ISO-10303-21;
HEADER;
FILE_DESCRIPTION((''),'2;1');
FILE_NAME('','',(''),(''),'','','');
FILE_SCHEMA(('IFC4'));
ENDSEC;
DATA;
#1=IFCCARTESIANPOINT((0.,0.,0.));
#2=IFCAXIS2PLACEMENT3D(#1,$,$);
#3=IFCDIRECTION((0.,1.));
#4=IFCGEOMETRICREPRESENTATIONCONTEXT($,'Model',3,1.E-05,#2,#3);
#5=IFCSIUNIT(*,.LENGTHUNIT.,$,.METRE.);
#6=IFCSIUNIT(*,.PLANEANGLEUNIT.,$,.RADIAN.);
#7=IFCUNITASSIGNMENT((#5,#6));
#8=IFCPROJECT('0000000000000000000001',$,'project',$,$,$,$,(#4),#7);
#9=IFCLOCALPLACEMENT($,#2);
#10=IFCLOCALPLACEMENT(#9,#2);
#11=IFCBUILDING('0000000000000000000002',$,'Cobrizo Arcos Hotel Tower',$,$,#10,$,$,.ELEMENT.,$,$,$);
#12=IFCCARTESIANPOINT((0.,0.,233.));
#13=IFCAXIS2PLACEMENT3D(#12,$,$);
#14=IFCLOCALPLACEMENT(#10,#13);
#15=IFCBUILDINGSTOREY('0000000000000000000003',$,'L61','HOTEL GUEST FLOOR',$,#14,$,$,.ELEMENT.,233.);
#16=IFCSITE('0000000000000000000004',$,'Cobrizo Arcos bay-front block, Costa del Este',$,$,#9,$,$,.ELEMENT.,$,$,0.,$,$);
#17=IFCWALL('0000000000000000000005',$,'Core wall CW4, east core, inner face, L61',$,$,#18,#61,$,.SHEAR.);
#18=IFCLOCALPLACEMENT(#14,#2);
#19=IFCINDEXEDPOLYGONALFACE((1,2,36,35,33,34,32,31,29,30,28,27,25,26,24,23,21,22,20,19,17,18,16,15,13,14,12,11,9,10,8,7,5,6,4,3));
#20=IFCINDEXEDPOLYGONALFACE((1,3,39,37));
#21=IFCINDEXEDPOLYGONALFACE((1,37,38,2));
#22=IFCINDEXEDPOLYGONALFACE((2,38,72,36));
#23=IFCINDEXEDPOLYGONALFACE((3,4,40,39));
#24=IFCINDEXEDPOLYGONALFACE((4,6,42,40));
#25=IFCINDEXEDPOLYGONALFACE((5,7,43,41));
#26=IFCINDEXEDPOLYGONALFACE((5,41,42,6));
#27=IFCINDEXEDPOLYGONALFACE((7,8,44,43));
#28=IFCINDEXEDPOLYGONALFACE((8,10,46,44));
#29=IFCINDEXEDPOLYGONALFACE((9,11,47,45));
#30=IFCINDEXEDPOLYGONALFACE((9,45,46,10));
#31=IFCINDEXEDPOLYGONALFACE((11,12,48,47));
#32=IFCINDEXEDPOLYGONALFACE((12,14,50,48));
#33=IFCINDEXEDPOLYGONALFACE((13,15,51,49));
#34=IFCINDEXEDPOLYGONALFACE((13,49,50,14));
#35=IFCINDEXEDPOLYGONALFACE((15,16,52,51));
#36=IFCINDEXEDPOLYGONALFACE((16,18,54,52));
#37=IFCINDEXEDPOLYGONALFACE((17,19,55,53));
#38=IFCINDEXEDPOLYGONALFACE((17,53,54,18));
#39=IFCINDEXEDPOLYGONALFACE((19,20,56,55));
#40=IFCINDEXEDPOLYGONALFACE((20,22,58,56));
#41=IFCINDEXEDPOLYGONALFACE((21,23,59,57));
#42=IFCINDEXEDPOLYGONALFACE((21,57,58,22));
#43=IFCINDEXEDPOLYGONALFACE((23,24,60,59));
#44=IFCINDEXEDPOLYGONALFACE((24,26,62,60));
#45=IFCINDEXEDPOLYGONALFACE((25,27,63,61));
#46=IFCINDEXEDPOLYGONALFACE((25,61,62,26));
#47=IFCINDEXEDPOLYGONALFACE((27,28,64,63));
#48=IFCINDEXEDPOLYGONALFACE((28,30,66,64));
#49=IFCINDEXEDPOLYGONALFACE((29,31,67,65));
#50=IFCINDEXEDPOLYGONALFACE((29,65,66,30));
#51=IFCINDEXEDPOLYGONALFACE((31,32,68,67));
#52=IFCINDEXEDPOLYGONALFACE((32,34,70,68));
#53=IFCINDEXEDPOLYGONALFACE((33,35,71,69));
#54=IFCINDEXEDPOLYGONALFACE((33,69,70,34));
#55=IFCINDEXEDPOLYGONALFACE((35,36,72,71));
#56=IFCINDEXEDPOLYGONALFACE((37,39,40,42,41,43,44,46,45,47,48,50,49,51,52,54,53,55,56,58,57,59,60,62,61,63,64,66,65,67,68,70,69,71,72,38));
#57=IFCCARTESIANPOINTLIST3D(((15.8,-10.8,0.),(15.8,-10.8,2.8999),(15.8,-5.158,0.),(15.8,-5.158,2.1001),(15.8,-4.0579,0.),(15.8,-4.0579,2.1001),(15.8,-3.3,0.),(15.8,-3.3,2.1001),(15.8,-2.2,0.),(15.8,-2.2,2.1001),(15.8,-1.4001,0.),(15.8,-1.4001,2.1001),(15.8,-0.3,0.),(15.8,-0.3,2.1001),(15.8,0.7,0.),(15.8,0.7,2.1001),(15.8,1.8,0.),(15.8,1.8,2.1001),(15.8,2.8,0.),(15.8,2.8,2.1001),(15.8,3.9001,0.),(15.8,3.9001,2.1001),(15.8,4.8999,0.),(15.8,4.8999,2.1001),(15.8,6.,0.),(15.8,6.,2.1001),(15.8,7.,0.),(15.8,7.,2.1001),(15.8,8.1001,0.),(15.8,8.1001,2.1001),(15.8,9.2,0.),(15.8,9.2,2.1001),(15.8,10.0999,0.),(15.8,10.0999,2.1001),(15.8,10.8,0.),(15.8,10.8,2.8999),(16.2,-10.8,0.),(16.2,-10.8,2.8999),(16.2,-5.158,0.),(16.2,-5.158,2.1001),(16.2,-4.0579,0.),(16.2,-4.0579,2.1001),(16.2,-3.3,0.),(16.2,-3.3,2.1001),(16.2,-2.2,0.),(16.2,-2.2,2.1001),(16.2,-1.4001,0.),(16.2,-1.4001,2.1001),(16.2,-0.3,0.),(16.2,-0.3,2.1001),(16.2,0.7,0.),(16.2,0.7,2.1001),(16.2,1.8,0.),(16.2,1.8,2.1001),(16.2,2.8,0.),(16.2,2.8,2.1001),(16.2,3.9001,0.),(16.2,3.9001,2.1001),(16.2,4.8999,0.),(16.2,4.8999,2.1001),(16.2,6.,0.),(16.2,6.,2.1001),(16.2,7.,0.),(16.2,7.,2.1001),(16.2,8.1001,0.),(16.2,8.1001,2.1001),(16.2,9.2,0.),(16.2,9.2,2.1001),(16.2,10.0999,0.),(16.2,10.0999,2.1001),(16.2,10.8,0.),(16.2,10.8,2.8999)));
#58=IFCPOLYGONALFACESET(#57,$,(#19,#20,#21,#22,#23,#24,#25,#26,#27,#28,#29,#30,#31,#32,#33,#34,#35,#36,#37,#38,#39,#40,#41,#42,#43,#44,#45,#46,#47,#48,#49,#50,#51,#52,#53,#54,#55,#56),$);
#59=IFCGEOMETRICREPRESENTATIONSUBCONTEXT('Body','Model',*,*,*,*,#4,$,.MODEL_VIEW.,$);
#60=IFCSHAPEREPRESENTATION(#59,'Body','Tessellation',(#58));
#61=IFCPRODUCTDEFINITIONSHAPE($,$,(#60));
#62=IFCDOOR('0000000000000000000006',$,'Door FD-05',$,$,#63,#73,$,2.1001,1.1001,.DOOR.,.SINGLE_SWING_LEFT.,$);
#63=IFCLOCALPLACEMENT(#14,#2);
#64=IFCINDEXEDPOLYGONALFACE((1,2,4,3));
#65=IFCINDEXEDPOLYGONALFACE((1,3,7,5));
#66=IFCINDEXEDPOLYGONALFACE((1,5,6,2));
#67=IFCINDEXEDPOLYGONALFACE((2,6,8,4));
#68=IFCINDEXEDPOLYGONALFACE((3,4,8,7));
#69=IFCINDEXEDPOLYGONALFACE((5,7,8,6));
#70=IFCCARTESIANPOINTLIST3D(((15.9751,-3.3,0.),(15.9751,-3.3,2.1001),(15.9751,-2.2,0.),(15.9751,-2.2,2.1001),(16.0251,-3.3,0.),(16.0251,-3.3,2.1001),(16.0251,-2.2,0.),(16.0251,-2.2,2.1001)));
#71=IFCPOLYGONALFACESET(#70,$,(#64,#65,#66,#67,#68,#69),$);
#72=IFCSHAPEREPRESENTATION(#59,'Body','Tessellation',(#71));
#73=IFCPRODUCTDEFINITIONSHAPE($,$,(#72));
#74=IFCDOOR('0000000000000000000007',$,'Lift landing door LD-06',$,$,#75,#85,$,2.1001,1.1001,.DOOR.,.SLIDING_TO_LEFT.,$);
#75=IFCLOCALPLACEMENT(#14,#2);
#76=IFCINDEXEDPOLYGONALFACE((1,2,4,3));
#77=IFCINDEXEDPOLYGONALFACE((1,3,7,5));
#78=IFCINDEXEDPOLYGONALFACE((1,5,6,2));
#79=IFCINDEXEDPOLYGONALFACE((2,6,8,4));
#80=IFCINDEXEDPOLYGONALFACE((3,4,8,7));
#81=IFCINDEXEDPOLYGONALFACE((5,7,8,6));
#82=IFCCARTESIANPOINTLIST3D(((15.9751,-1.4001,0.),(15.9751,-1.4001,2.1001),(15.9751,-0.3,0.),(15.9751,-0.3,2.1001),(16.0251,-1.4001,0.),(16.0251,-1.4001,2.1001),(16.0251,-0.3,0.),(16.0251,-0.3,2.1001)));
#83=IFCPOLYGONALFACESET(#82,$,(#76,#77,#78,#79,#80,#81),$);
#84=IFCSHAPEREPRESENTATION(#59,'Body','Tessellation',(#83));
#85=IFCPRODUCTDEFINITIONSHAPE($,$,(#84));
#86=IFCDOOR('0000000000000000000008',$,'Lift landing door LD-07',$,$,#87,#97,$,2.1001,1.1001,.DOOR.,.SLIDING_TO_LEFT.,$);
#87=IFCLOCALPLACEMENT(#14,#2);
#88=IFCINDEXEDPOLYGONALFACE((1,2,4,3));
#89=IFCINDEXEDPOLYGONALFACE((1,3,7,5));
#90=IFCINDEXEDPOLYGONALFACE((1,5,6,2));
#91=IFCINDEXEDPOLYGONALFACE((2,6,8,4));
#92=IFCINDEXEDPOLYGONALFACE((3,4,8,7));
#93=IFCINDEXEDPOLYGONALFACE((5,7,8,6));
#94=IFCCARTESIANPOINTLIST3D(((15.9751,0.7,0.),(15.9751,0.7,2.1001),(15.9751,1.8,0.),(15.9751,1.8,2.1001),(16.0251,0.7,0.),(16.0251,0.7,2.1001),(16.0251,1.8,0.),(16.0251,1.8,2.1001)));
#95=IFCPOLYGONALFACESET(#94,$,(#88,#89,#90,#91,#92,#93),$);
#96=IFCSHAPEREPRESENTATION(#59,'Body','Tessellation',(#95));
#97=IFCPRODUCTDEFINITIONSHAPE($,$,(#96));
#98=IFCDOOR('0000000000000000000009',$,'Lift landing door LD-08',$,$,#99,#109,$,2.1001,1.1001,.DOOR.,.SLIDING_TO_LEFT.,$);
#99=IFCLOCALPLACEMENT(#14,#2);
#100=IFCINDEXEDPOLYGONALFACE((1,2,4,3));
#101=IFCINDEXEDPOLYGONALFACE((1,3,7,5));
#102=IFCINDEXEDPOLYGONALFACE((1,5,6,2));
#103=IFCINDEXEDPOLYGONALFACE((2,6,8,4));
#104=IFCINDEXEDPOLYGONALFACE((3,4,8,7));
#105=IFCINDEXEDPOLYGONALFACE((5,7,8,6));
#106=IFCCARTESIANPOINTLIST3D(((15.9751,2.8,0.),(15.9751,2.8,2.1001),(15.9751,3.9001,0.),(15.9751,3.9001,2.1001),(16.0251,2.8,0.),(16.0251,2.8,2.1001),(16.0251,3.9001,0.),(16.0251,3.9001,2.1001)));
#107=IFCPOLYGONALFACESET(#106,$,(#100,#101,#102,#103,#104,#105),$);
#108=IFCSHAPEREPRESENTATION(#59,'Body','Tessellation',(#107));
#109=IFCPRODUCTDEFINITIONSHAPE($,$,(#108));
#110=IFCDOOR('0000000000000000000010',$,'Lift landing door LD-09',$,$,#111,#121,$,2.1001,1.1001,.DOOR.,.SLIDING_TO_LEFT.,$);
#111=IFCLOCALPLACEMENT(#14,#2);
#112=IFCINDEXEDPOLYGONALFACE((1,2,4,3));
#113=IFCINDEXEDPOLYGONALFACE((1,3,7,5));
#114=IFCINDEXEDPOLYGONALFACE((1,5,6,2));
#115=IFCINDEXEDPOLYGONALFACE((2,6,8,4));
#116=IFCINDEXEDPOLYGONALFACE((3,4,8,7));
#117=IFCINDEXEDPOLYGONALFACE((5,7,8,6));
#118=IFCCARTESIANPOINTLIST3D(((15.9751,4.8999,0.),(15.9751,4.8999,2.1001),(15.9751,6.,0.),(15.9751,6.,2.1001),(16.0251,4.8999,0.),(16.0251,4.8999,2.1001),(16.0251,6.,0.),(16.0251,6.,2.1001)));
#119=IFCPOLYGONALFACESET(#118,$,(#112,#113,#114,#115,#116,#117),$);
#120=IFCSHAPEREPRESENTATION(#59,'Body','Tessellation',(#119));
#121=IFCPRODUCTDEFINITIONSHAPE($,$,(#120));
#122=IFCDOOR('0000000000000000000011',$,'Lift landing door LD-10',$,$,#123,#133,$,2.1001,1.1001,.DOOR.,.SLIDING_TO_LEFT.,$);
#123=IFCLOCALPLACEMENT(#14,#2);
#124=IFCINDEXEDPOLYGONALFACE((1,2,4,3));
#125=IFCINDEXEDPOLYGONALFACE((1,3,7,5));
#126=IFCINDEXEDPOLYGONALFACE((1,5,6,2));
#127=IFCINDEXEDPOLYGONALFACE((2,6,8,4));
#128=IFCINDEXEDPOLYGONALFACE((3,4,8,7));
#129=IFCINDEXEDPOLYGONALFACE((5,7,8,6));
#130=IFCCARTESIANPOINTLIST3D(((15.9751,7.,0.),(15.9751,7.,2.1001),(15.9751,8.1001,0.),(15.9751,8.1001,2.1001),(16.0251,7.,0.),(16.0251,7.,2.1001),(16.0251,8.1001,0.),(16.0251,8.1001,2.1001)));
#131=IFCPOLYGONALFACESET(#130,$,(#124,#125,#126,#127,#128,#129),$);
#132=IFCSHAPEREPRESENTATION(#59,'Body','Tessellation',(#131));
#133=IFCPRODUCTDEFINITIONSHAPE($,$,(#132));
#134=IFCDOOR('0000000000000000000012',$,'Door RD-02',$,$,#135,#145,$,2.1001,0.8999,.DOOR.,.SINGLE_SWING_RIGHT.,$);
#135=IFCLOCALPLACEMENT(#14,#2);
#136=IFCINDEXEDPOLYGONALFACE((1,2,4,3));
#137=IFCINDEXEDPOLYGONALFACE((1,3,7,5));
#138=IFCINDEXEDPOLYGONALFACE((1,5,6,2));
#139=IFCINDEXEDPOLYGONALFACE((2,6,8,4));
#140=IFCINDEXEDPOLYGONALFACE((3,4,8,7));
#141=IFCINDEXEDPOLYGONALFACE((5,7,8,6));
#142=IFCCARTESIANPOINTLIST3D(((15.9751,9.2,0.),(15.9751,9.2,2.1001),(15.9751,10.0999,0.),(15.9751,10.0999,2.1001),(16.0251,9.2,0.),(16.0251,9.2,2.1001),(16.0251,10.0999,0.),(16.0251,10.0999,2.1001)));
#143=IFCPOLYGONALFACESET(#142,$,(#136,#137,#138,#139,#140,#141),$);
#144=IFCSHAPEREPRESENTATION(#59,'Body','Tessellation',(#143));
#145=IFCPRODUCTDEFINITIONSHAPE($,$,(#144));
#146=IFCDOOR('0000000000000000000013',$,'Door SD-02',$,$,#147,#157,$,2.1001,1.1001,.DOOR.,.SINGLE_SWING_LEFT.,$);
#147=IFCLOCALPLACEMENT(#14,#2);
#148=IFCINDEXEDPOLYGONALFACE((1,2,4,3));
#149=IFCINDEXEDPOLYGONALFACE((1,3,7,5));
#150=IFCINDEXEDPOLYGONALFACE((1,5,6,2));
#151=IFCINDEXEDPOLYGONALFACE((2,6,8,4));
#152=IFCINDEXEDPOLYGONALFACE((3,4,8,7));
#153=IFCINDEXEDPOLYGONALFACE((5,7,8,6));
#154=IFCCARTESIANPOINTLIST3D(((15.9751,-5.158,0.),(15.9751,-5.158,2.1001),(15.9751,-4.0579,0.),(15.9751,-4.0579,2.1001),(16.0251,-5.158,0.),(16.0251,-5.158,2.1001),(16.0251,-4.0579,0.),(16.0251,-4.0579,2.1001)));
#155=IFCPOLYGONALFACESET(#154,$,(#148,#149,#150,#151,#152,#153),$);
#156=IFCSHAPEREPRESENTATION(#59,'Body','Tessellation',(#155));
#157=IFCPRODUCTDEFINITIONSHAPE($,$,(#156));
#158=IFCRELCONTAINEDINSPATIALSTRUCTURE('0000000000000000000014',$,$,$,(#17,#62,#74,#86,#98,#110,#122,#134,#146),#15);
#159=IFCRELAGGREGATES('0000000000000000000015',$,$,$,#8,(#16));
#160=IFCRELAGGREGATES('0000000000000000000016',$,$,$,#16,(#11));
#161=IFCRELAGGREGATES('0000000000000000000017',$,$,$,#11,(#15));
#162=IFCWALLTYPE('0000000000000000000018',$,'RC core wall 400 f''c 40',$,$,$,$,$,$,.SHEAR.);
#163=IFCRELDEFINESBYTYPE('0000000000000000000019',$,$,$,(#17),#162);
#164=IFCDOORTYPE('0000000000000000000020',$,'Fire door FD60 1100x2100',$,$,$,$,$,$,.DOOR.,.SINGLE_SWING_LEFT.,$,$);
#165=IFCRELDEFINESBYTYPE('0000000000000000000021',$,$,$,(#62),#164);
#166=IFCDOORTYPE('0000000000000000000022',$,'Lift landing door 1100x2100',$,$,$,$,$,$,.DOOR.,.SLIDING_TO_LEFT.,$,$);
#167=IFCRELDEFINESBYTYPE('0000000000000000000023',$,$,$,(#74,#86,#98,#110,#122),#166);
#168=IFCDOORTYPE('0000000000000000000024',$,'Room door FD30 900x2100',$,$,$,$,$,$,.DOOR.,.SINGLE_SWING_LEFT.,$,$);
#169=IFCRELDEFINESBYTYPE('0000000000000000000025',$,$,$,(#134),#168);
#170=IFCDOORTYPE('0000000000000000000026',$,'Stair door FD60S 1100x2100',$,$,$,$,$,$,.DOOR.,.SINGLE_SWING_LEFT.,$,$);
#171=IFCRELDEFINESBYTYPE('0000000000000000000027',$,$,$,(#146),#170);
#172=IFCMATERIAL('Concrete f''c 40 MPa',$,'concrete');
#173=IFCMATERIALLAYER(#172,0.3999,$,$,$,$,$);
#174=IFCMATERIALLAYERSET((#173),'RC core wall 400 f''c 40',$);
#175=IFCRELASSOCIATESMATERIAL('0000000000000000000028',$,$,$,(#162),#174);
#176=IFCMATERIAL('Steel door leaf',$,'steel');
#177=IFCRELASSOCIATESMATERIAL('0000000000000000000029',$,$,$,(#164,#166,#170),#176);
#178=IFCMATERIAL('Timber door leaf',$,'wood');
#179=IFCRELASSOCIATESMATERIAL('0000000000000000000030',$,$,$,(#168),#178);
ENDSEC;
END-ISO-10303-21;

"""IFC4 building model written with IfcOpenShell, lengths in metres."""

from ifc_helpers import new_model, si_unit, direction, frame, frame_2d, origin, place, context, subcontext, project, spatial, rectangle, extrude, material, layer, layer_set, type_object, element, fill, save


model = new_model("IFC4")

# Units and contexts
model_context = context("Model", 3, precision=1e-05, world=origin(), true_north=direction((0.0, 1.0)))
body_context = subcontext(model_context, "Body", "Model", "MODEL_VIEW")
ifc_project = project(units=[si_unit("LENGTHUNIT", "METRE"), si_unit("PLANEANGLEUNIT", "RADIAN")], contexts=[model_context])

# Site, building, storey
site_placement = place(None, origin())
site = spatial("IfcSite", under=ifc_project, at=site_placement, Name="Cobrizo Arcos bay-front block, Costa del Este", CompositionType="ELEMENT", RefElevation=0.0)
building_placement = place(site_placement, origin())
building = spatial("IfcBuilding", under=site, at=building_placement, Name="Cobrizo Arcos Hotel Tower", CompositionType="ELEMENT")
storey_placement = place(building_placement, frame((0.0, 0.0, 233.0)))
storey = spatial("IfcBuildingStorey", under=building, at=storey_placement, Name="L61", Description="HOTEL GUEST FLOOR", CompositionType="ELEMENT", Elevation=233.0)

# Wall, openings, doors
ifc_material_1 = material(Name="Concrete f'c 40 MPa", Category="concrete")
ifc_layer_1 = layer(ifc_material_1, 0.3999)
ifc_layer_set_1 = layer_set([ifc_layer_1], Name="RC core wall 400 f'c 40")
wall_type_1 = type_object("IfcWallType", Name="RC core wall 400 f'c 40", PredefinedType="SHEAR", material=ifc_layer_set_1)
wall_1_placement = place(storey_placement, frame((16.0, -10.8, 0.0), z_axis=(0.0, 0.0, 1.0), x_axis=(0.0, 1.0, 0.0)))
wall_1 = element("IfcWall", 1, at=wall_1_placement, inside=storey, type_object=wall_type_1, Name="Core wall CW4, east core, inner face, L61", PredefinedType="SHEAR", context=body_context, shape_type="SweptSolid", body=[
    extrude(rectangle(XDim=21.6001, YDim=0.3999, at=frame_2d((10.8, 0.0))), origin(), (0.0, 0.0, 1.0), 2.8999),
])
opening_1_placement = place(wall_1_placement, frame((9.3999, 0.0, 0.0)))
opening_1 = element("IfcOpeningElement", 2, at=opening_1_placement, cuts=wall_1, PredefinedType="OPENING", context=body_context, shape_type="SweptSolid", body=[
    extrude(rectangle(XDim=1.1001, YDim=2.1001, at=frame_2d((0.55, 1.05))), frame((0.0, 0.2119, 0.0), z_axis=(0.0, -1.0, 0.0), x_axis=(1.0, 0.0, 0.0)), (0.0, 0.0, 1.0), 0.4238),
])
opening_2_placement = place(wall_1_placement, frame((11.5, 0.0, 0.0)))
opening_2 = element("IfcOpeningElement", 3, at=opening_2_placement, cuts=wall_1, PredefinedType="OPENING", context=body_context, shape_type="SweptSolid", body=[
    extrude(rectangle(XDim=1.1001, YDim=2.1001, at=frame_2d((0.55, 1.05))), frame((0.0, 0.2119, 0.0), z_axis=(0.0, -1.0, 0.0), x_axis=(1.0, 0.0, 0.0)), (0.0, 0.0, 1.0), 0.4238),
])
opening_3_placement = place(wall_1_placement, frame((13.6001, 0.0, 0.0)))
opening_3 = element("IfcOpeningElement", 4, at=opening_3_placement, cuts=wall_1, PredefinedType="OPENING", context=body_context, shape_type="SweptSolid", body=[
    extrude(rectangle(XDim=1.1001, YDim=2.1001, at=frame_2d((0.55, 1.05))), frame((0.0, 0.2119, 0.0), z_axis=(0.0, -1.0, 0.0), x_axis=(1.0, 0.0, 0.0)), (0.0, 0.0, 1.0), 0.4238),
])
opening_4_placement = place(wall_1_placement, frame((15.7, 0.0, 0.0)))
opening_4 = element("IfcOpeningElement", 5, at=opening_4_placement, cuts=wall_1, PredefinedType="OPENING", context=body_context, shape_type="SweptSolid", body=[
    extrude(rectangle(XDim=1.1001, YDim=2.1001, at=frame_2d((0.55, 1.05))), frame((0.0, 0.2119, 0.0), z_axis=(0.0, -1.0, 0.0), x_axis=(1.0, 0.0, 0.0)), (0.0, 0.0, 1.0), 0.4238),
])
opening_5_placement = place(wall_1_placement, frame((17.8, 0.0, 0.0)))
opening_5 = element("IfcOpeningElement", 6, at=opening_5_placement, cuts=wall_1, PredefinedType="OPENING", context=body_context, shape_type="SweptSolid", body=[
    extrude(rectangle(XDim=1.1001, YDim=2.1001, at=frame_2d((0.55, 1.05))), frame((0.0, 0.2119, 0.0), z_axis=(0.0, -1.0, 0.0), x_axis=(1.0, 0.0, 0.0)), (0.0, 0.0, 1.0), 0.4238),
])
opening_6_placement = place(wall_1_placement, frame((5.6421, 0.0, 0.0)))
opening_6 = element("IfcOpeningElement", 7, at=opening_6_placement, cuts=wall_1, PredefinedType="OPENING", context=body_context, shape_type="SweptSolid", body=[
    extrude(rectangle(XDim=1.1001, YDim=2.1001, at=frame_2d((0.55, 1.05))), frame((0.0, 0.2119, 0.0), z_axis=(0.0, -1.0, 0.0), x_axis=(1.0, 0.0, 0.0)), (0.0, 0.0, 1.0), 0.4238),
])
opening_7_placement = place(wall_1_placement, frame((7.5, 0.0, 0.0)))
opening_7 = element("IfcOpeningElement", 8, at=opening_7_placement, cuts=wall_1, PredefinedType="OPENING", context=body_context, shape_type="SweptSolid", body=[
    extrude(rectangle(XDim=1.1001, YDim=2.1001, at=frame_2d((0.55, 1.05))), frame((0.0, 0.2119, 0.0), z_axis=(0.0, -1.0, 0.0), x_axis=(1.0, 0.0, 0.0)), (0.0, 0.0, 1.0), 0.4238),
])
opening_8_placement = place(wall_1_placement, frame((20.0, 0.0, 0.0)))
opening_8 = element("IfcOpeningElement", 9, at=opening_8_placement, cuts=wall_1, PredefinedType="OPENING", context=body_context, shape_type="SweptSolid", body=[
    extrude(rectangle(XDim=0.8999, YDim=2.1001, at=frame_2d((0.45, 1.05))), frame((0.0, 0.2119, 0.0), z_axis=(0.0, -1.0, 0.0), x_axis=(1.0, 0.0, 0.0)), (0.0, 0.0, 1.0), 0.4238),
])
ifc_material_2 = material(Name="Steel door leaf", Category="steel")
door_type_1 = type_object("IfcDoorType", Name="Fire door FD60 1100x2100", OperationType="SINGLE_SWING_LEFT", PredefinedType="DOOR", material=ifc_material_2)
door_1_placement = place(opening_7_placement, origin())
door_1 = element("IfcDoor", 10, at=door_1_placement, inside=storey, type_object=door_type_1, Name="Door FD-05", OperationType="SINGLE_SWING_LEFT", OverallHeight=2.1001, OverallWidth=1.1001, PredefinedType="DOOR", context=body_context, shape_type="SweptSolid", body=[
    extrude(rectangle(XDim=1.1001, YDim=2.1001, at=frame_2d((0.55, 1.05))), frame((0.0, 0.0249, 0.0), z_axis=(0.0, -1.0, 0.0), x_axis=(1.0, 0.0, 0.0)), (0.0, 0.0, 1.0), 0.05),
])
fill(opening_7, door_1)
door_type_2 = type_object("IfcDoorType", Name="Lift landing door 1100x2100", OperationType="SLIDING_TO_LEFT", PredefinedType="DOOR", material=ifc_material_2)
door_2_placement = place(opening_1_placement, origin())
door_2 = element("IfcDoor", 11, at=door_2_placement, inside=storey, type_object=door_type_2, Name="Lift landing door LD-06", OperationType="SLIDING_TO_LEFT", OverallHeight=2.1001, OverallWidth=1.1001, PredefinedType="DOOR", context=body_context, shape_type="SweptSolid", body=[
    extrude(rectangle(XDim=1.1001, YDim=2.1001, at=frame_2d((0.55, 1.05))), frame((0.0, 0.0249, 0.0), z_axis=(0.0, -1.0, 0.0), x_axis=(1.0, 0.0, 0.0)), (0.0, 0.0, 1.0), 0.05),
])
fill(opening_1, door_2)
door_3_placement = place(opening_2_placement, origin())
door_3 = element("IfcDoor", 12, at=door_3_placement, inside=storey, type_object=door_type_2, Name="Lift landing door LD-07", OperationType="SLIDING_TO_LEFT", OverallHeight=2.1001, OverallWidth=1.1001, PredefinedType="DOOR", context=body_context, shape_type="SweptSolid", body=[
    extrude(rectangle(XDim=1.1001, YDim=2.1001, at=frame_2d((0.55, 1.05))), frame((0.0, 0.0249, 0.0), z_axis=(0.0, -1.0, 0.0), x_axis=(1.0, 0.0, 0.0)), (0.0, 0.0, 1.0), 0.05),
])
fill(opening_2, door_3)
door_4_placement = place(opening_3_placement, origin())
door_4 = element("IfcDoor", 13, at=door_4_placement, inside=storey, type_object=door_type_2, Name="Lift landing door LD-08", OperationType="SLIDING_TO_LEFT", OverallHeight=2.1001, OverallWidth=1.1001, PredefinedType="DOOR", context=body_context, shape_type="SweptSolid", body=[
    extrude(rectangle(XDim=1.1001, YDim=2.1001, at=frame_2d((0.55, 1.05))), frame((0.0, 0.0249, 0.0), z_axis=(0.0, -1.0, 0.0), x_axis=(1.0, 0.0, 0.0)), (0.0, 0.0, 1.0), 0.05),
])
fill(opening_3, door_4)
door_5_placement = place(opening_4_placement, origin())
door_5 = element("IfcDoor", 14, at=door_5_placement, inside=storey, type_object=door_type_2, Name="Lift landing door LD-09", OperationType="SLIDING_TO_LEFT", OverallHeight=2.1001, OverallWidth=1.1001, PredefinedType="DOOR", context=body_context, shape_type="SweptSolid", body=[
    extrude(rectangle(XDim=1.1001, YDim=2.1001, at=frame_2d((0.55, 1.05))), frame((0.0, 0.0249, 0.0), z_axis=(0.0, -1.0, 0.0), x_axis=(1.0, 0.0, 0.0)), (0.0, 0.0, 1.0), 0.05),
])
fill(opening_4, door_5)
door_6_placement = place(opening_5_placement, origin())
door_6 = element("IfcDoor", 15, at=door_6_placement, inside=storey, type_object=door_type_2, Name="Lift landing door LD-10", OperationType="SLIDING_TO_LEFT", OverallHeight=2.1001, OverallWidth=1.1001, PredefinedType="DOOR", context=body_context, shape_type="SweptSolid", body=[
    extrude(rectangle(XDim=1.1001, YDim=2.1001, at=frame_2d((0.55, 1.05))), frame((0.0, 0.0249, 0.0), z_axis=(0.0, -1.0, 0.0), x_axis=(1.0, 0.0, 0.0)), (0.0, 0.0, 1.0), 0.05),
])
fill(opening_5, door_6)
ifc_material_3 = material(Name="Timber door leaf", Category="wood")
door_type_3 = type_object("IfcDoorType", Name="Room door FD30 900x2100", OperationType="SINGLE_SWING_LEFT", PredefinedType="DOOR", material=ifc_material_3)
door_7_placement = place(opening_8_placement, origin())
door_7 = element("IfcDoor", 16, at=door_7_placement, inside=storey, type_object=door_type_3, Name="Door RD-02", OperationType="SINGLE_SWING_RIGHT", OverallHeight=2.1001, OverallWidth=0.8999, PredefinedType="DOOR", context=body_context, shape_type="SweptSolid", body=[
    extrude(rectangle(XDim=0.8999, YDim=2.1001, at=frame_2d((0.45, 1.05))), frame((0.0, 0.0249, 0.0), z_axis=(0.0, -1.0, 0.0), x_axis=(1.0, 0.0, 0.0)), (0.0, 0.0, 1.0), 0.05),
])
fill(opening_8, door_7)
door_type_4 = type_object("IfcDoorType", Name="Stair door FD60S 1100x2100", OperationType="SINGLE_SWING_LEFT", PredefinedType="DOOR", material=ifc_material_2)
door_8_placement = place(opening_6_placement, origin())
door_8 = element("IfcDoor", 17, at=door_8_placement, inside=storey, type_object=door_type_4, Name="Door SD-02", OperationType="SINGLE_SWING_LEFT", OverallHeight=2.1001, OverallWidth=1.1001, PredefinedType="DOOR", context=body_context, shape_type="SweptSolid", body=[
    extrude(rectangle(XDim=1.1001, YDim=2.1001, at=frame_2d((0.55, 1.05))), frame((0.0, 0.0249, 0.0), z_axis=(0.0, -1.0, 0.0), x_axis=(1.0, 0.0, 0.0)), (0.0, 0.0, 1.0), 0.05),
])
fill(opening_6, door_8)

save(model, "model.ifc")
